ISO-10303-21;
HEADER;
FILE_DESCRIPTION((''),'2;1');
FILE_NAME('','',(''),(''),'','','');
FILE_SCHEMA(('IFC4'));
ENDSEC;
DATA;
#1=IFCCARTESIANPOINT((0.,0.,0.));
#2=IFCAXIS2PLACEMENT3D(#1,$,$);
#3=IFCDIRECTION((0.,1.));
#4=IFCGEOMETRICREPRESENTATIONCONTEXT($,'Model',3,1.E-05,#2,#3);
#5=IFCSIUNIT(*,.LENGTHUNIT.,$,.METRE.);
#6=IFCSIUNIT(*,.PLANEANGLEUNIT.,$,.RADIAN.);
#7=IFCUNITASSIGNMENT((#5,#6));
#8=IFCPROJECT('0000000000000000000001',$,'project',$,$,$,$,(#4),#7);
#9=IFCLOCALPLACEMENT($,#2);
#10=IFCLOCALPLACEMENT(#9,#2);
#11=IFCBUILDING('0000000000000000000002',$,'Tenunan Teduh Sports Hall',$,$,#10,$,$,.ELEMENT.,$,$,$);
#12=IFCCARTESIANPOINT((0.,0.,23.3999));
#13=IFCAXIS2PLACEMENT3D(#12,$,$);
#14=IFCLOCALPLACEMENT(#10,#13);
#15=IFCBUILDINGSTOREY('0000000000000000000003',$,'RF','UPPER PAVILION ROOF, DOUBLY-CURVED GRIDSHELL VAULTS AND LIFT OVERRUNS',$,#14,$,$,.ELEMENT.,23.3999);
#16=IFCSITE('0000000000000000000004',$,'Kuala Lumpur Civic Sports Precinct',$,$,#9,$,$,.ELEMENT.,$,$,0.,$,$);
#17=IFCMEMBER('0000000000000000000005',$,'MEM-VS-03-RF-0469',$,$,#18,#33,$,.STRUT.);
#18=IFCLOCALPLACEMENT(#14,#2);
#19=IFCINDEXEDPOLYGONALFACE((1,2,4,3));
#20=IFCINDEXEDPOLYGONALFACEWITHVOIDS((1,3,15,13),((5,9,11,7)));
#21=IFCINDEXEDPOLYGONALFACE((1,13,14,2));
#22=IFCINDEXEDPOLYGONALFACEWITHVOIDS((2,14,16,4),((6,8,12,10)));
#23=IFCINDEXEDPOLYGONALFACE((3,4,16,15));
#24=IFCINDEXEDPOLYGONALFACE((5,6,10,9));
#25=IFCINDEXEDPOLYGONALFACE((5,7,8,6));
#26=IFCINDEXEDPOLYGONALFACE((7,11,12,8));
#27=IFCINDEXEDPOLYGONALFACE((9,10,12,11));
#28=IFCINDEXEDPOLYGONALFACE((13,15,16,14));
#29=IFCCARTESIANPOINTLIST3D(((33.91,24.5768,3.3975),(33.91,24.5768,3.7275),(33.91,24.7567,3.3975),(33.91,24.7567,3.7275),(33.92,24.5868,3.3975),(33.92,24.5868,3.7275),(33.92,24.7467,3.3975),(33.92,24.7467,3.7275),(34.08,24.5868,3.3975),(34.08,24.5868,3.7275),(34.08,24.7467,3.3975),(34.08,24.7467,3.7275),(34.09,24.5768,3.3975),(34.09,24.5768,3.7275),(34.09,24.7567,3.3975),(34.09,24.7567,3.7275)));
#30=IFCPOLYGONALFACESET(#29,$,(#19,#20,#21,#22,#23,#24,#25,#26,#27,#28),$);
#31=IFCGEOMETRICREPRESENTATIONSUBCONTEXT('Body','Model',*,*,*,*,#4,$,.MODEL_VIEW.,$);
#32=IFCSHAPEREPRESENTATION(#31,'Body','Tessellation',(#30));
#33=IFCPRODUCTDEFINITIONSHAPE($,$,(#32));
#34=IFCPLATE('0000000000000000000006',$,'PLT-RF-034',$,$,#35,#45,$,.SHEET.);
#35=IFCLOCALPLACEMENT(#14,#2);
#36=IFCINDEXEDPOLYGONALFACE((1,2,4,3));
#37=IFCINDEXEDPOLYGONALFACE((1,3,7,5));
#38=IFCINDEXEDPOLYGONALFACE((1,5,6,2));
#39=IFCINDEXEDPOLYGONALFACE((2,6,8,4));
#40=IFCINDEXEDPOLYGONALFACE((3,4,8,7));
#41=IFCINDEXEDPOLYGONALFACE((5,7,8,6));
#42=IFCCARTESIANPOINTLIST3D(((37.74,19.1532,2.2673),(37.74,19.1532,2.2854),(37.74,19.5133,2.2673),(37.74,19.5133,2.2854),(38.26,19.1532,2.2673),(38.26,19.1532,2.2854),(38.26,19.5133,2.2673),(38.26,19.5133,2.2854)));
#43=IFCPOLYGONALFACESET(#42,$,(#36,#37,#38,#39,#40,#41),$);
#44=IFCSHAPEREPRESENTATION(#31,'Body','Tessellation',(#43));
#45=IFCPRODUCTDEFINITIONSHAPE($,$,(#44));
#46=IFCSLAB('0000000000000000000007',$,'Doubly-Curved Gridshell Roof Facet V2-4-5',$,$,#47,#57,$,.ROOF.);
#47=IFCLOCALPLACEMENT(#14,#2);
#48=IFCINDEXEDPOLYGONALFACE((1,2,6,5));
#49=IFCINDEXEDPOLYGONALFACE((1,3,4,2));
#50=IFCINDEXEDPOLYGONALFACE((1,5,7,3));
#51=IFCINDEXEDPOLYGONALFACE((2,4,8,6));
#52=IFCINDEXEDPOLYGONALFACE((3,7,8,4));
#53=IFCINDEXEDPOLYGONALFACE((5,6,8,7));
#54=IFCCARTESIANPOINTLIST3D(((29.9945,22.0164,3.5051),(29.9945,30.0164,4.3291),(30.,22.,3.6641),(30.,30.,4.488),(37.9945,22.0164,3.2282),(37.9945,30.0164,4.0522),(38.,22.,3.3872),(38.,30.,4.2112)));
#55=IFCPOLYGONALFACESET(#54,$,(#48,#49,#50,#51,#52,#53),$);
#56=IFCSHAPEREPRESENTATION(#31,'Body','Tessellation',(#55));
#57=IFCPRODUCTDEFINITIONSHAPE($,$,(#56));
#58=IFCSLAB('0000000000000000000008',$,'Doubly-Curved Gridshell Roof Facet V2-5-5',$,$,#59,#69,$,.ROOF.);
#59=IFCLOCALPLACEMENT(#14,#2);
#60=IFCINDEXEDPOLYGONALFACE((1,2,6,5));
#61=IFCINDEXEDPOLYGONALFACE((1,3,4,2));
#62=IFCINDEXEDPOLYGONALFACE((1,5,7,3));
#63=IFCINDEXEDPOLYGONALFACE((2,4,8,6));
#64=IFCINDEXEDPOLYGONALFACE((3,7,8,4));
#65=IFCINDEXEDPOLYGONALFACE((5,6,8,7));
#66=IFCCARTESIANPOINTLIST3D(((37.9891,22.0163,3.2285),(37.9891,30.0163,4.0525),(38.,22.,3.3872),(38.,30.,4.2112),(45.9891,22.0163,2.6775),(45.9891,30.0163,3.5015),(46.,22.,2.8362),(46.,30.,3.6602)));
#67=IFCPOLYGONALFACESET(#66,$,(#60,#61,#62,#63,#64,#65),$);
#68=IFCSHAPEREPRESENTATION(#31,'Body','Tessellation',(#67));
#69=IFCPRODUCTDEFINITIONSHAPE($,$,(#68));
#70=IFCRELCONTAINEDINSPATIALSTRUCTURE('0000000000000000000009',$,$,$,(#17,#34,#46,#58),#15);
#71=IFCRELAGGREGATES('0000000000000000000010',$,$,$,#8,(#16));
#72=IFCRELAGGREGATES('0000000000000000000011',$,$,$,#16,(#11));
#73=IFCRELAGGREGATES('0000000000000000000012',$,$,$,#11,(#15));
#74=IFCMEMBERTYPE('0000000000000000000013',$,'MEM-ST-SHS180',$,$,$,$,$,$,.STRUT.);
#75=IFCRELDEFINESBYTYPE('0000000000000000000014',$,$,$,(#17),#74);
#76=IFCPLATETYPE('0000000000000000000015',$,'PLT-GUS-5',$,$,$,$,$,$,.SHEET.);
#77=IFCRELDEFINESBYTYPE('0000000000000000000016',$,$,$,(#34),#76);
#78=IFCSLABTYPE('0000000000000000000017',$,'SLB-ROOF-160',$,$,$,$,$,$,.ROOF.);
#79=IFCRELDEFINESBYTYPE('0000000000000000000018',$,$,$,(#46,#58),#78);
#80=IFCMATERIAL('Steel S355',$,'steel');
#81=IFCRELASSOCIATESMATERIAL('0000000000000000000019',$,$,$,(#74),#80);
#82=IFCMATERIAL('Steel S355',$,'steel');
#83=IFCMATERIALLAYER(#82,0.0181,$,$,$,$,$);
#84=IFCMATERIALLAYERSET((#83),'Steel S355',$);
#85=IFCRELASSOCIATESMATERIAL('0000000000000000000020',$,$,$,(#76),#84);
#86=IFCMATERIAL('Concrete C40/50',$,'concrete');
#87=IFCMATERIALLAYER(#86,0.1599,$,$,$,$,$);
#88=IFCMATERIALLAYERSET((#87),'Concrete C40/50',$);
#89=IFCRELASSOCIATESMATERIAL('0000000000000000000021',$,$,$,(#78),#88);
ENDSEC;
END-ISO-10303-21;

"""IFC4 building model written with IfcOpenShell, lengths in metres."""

from ifc_helpers import new_model, si_unit, direction, frame, origin, origin_2d, place, context, subcontext, project, spatial, polyline, rectangle, hollow_rectangle, outline, extrude, material, layer, layer_set, material_profile, profile_set, type_object, element, save


model = new_model("IFC4")

# Units and contexts
model_context = context("Model", 3, precision=1e-05, world=origin(), true_north=direction((0.0, 1.0)))
body_context = subcontext(model_context, "Body", "Model", "MODEL_VIEW")
ifc_project = project(units=[si_unit("LENGTHUNIT", "METRE"), si_unit("PLANEANGLEUNIT", "RADIAN")], contexts=[model_context])

# Site, building, storey
site_placement = place(None, origin())
site = spatial("IfcSite", under=ifc_project, at=site_placement, Name="Kuala Lumpur Civic Sports Precinct", CompositionType="ELEMENT", RefElevation=0.0)
building_placement = place(site_placement, origin())
building = spatial("IfcBuilding", under=site, at=building_placement, Name="Tenunan Teduh Sports Hall", CompositionType="ELEMENT")
storey_placement = place(building_placement, frame((0.0, 0.0, 23.3999)))
storey = spatial("IfcBuildingStorey", under=building, at=storey_placement, Name="RF", Description="UPPER PAVILION ROOF, DOUBLY-CURVED GRIDSHELL VAULTS AND LIFT OVERRUNS", CompositionType="ELEMENT", Elevation=23.3999)

# Member
ifc_material_1 = material(Name="Steel S355", Category="steel")
ifc_material_profile_1 = material_profile(ifc_material_1, hollow_rectangle(XDim=0.1799, YDim=0.1799, WallThickness=0.01, at=origin_2d()), Name="SHS 180x180x10.0")
ifc_profile_set_1 = profile_set([ifc_material_profile_1], Name="Steel S355")
member_type_1 = type_object("IfcMemberType", Name="MEM-ST-SHS180", PredefinedType="STRUT", material=ifc_profile_set_1)
for number, where, z_axis, x_axis, name in (
    (1, (34.0, 24.6667, 3.3975), (0.0, 0.0, 1.0), (1.0, 0.0, 0.0), "MEM-VS-03-RF-0469"),
):
    element("IfcMember", number, at=place(storey_placement, frame(where, z_axis=z_axis, x_axis=x_axis)), inside=storey, type_object=member_type_1, Name=name, PredefinedType="STRUT", context=body_context, shape_type="SweptSolid", body=[
        extrude(hollow_rectangle(XDim=0.1799, YDim=0.1799, WallThickness=0.01, at=origin_2d()), origin(), (0.0, 0.0, 1.0), 0.3301),
    ])

# Plate
ifc_material_2 = material(Name="Steel S355", Category="steel")
ifc_layer_1 = layer(ifc_material_2, 0.0181)
ifc_layer_set_1 = layer_set([ifc_layer_1], Name="Steel S355")
plate_type = type_object("IfcPlateType", Name="PLT-GUS-5", PredefinedType="SHEET", material=ifc_layer_set_1)
plate_placement = place(storey_placement, frame((38.0, 19.3333, 2.2673), z_axis=(0.0, 0.0, 1.0), x_axis=(1.0, 0.0, 0.0)))
element("IfcPlate", 2, at=plate_placement, inside=storey, type_object=plate_type, Name="PLT-RF-034", PredefinedType="SHEET", context=body_context, shape_type="SweptSolid", body=[
    extrude(rectangle(XDim=0.52, YDim=0.3601, at=origin_2d()), origin(), (0.0, 0.0, 1.0), 0.0181),
])

# Slabs
ifc_material_3 = material(Name="Concrete C40/50", Category="concrete")
ifc_layer_2 = layer(ifc_material_3, 0.1599)
ifc_layer_set_2 = layer_set([ifc_layer_2], Name="Concrete C40/50")
slab_type = type_object("IfcSlabType", Name="SLB-ROOF-160", PredefinedType="ROOF", material=ifc_layer_set_2)
slab_1_placement = place(storey_placement, frame((30.0, 22.0, 3.6641), z_axis=(0.034404, -0.102394, 0.994149), x_axis=(0.999402, 0.0, -0.034586)))
element("IfcSlab", 3, at=slab_1_placement, inside=storey, type_object=slab_type, Name="Doubly-Curved Gridshell Roof Facet V2-4-5", PredefinedType="ROOF", context=body_context, shape_type="SweptSolid", body=[
    extrude(outline(polyline([(0.0, 0.0), (8.0048, 0.0), (7.9763, 8.0423), (-0.0285, 8.0423), (0.0, 0.0)])), origin(), (0.0, 0.0, -1.0), 0.1599),
])
slab_2_placement = place(storey_placement, frame((38.0, 22.0, 3.3872), z_axis=(0.068355, -0.102215, 0.992411), x_axis=(0.997636, 0.0, -0.068715)))
element("IfcSlab", 4, at=slab_2_placement, inside=storey, type_object=slab_type, Name="Doubly-Curved Gridshell Roof Facet V2-5-5", PredefinedType="ROOF", context=body_context, shape_type="SweptSolid", body=[
    extrude(outline(polyline([(0.0, 0.0), (8.019, 0.0), (7.9623, 8.0421), (-0.0566, 8.0421), (0.0, 0.0)])), origin(), (0.0, 0.0, -1.0), 0.1599),
])

save(model, "model.ifc")
